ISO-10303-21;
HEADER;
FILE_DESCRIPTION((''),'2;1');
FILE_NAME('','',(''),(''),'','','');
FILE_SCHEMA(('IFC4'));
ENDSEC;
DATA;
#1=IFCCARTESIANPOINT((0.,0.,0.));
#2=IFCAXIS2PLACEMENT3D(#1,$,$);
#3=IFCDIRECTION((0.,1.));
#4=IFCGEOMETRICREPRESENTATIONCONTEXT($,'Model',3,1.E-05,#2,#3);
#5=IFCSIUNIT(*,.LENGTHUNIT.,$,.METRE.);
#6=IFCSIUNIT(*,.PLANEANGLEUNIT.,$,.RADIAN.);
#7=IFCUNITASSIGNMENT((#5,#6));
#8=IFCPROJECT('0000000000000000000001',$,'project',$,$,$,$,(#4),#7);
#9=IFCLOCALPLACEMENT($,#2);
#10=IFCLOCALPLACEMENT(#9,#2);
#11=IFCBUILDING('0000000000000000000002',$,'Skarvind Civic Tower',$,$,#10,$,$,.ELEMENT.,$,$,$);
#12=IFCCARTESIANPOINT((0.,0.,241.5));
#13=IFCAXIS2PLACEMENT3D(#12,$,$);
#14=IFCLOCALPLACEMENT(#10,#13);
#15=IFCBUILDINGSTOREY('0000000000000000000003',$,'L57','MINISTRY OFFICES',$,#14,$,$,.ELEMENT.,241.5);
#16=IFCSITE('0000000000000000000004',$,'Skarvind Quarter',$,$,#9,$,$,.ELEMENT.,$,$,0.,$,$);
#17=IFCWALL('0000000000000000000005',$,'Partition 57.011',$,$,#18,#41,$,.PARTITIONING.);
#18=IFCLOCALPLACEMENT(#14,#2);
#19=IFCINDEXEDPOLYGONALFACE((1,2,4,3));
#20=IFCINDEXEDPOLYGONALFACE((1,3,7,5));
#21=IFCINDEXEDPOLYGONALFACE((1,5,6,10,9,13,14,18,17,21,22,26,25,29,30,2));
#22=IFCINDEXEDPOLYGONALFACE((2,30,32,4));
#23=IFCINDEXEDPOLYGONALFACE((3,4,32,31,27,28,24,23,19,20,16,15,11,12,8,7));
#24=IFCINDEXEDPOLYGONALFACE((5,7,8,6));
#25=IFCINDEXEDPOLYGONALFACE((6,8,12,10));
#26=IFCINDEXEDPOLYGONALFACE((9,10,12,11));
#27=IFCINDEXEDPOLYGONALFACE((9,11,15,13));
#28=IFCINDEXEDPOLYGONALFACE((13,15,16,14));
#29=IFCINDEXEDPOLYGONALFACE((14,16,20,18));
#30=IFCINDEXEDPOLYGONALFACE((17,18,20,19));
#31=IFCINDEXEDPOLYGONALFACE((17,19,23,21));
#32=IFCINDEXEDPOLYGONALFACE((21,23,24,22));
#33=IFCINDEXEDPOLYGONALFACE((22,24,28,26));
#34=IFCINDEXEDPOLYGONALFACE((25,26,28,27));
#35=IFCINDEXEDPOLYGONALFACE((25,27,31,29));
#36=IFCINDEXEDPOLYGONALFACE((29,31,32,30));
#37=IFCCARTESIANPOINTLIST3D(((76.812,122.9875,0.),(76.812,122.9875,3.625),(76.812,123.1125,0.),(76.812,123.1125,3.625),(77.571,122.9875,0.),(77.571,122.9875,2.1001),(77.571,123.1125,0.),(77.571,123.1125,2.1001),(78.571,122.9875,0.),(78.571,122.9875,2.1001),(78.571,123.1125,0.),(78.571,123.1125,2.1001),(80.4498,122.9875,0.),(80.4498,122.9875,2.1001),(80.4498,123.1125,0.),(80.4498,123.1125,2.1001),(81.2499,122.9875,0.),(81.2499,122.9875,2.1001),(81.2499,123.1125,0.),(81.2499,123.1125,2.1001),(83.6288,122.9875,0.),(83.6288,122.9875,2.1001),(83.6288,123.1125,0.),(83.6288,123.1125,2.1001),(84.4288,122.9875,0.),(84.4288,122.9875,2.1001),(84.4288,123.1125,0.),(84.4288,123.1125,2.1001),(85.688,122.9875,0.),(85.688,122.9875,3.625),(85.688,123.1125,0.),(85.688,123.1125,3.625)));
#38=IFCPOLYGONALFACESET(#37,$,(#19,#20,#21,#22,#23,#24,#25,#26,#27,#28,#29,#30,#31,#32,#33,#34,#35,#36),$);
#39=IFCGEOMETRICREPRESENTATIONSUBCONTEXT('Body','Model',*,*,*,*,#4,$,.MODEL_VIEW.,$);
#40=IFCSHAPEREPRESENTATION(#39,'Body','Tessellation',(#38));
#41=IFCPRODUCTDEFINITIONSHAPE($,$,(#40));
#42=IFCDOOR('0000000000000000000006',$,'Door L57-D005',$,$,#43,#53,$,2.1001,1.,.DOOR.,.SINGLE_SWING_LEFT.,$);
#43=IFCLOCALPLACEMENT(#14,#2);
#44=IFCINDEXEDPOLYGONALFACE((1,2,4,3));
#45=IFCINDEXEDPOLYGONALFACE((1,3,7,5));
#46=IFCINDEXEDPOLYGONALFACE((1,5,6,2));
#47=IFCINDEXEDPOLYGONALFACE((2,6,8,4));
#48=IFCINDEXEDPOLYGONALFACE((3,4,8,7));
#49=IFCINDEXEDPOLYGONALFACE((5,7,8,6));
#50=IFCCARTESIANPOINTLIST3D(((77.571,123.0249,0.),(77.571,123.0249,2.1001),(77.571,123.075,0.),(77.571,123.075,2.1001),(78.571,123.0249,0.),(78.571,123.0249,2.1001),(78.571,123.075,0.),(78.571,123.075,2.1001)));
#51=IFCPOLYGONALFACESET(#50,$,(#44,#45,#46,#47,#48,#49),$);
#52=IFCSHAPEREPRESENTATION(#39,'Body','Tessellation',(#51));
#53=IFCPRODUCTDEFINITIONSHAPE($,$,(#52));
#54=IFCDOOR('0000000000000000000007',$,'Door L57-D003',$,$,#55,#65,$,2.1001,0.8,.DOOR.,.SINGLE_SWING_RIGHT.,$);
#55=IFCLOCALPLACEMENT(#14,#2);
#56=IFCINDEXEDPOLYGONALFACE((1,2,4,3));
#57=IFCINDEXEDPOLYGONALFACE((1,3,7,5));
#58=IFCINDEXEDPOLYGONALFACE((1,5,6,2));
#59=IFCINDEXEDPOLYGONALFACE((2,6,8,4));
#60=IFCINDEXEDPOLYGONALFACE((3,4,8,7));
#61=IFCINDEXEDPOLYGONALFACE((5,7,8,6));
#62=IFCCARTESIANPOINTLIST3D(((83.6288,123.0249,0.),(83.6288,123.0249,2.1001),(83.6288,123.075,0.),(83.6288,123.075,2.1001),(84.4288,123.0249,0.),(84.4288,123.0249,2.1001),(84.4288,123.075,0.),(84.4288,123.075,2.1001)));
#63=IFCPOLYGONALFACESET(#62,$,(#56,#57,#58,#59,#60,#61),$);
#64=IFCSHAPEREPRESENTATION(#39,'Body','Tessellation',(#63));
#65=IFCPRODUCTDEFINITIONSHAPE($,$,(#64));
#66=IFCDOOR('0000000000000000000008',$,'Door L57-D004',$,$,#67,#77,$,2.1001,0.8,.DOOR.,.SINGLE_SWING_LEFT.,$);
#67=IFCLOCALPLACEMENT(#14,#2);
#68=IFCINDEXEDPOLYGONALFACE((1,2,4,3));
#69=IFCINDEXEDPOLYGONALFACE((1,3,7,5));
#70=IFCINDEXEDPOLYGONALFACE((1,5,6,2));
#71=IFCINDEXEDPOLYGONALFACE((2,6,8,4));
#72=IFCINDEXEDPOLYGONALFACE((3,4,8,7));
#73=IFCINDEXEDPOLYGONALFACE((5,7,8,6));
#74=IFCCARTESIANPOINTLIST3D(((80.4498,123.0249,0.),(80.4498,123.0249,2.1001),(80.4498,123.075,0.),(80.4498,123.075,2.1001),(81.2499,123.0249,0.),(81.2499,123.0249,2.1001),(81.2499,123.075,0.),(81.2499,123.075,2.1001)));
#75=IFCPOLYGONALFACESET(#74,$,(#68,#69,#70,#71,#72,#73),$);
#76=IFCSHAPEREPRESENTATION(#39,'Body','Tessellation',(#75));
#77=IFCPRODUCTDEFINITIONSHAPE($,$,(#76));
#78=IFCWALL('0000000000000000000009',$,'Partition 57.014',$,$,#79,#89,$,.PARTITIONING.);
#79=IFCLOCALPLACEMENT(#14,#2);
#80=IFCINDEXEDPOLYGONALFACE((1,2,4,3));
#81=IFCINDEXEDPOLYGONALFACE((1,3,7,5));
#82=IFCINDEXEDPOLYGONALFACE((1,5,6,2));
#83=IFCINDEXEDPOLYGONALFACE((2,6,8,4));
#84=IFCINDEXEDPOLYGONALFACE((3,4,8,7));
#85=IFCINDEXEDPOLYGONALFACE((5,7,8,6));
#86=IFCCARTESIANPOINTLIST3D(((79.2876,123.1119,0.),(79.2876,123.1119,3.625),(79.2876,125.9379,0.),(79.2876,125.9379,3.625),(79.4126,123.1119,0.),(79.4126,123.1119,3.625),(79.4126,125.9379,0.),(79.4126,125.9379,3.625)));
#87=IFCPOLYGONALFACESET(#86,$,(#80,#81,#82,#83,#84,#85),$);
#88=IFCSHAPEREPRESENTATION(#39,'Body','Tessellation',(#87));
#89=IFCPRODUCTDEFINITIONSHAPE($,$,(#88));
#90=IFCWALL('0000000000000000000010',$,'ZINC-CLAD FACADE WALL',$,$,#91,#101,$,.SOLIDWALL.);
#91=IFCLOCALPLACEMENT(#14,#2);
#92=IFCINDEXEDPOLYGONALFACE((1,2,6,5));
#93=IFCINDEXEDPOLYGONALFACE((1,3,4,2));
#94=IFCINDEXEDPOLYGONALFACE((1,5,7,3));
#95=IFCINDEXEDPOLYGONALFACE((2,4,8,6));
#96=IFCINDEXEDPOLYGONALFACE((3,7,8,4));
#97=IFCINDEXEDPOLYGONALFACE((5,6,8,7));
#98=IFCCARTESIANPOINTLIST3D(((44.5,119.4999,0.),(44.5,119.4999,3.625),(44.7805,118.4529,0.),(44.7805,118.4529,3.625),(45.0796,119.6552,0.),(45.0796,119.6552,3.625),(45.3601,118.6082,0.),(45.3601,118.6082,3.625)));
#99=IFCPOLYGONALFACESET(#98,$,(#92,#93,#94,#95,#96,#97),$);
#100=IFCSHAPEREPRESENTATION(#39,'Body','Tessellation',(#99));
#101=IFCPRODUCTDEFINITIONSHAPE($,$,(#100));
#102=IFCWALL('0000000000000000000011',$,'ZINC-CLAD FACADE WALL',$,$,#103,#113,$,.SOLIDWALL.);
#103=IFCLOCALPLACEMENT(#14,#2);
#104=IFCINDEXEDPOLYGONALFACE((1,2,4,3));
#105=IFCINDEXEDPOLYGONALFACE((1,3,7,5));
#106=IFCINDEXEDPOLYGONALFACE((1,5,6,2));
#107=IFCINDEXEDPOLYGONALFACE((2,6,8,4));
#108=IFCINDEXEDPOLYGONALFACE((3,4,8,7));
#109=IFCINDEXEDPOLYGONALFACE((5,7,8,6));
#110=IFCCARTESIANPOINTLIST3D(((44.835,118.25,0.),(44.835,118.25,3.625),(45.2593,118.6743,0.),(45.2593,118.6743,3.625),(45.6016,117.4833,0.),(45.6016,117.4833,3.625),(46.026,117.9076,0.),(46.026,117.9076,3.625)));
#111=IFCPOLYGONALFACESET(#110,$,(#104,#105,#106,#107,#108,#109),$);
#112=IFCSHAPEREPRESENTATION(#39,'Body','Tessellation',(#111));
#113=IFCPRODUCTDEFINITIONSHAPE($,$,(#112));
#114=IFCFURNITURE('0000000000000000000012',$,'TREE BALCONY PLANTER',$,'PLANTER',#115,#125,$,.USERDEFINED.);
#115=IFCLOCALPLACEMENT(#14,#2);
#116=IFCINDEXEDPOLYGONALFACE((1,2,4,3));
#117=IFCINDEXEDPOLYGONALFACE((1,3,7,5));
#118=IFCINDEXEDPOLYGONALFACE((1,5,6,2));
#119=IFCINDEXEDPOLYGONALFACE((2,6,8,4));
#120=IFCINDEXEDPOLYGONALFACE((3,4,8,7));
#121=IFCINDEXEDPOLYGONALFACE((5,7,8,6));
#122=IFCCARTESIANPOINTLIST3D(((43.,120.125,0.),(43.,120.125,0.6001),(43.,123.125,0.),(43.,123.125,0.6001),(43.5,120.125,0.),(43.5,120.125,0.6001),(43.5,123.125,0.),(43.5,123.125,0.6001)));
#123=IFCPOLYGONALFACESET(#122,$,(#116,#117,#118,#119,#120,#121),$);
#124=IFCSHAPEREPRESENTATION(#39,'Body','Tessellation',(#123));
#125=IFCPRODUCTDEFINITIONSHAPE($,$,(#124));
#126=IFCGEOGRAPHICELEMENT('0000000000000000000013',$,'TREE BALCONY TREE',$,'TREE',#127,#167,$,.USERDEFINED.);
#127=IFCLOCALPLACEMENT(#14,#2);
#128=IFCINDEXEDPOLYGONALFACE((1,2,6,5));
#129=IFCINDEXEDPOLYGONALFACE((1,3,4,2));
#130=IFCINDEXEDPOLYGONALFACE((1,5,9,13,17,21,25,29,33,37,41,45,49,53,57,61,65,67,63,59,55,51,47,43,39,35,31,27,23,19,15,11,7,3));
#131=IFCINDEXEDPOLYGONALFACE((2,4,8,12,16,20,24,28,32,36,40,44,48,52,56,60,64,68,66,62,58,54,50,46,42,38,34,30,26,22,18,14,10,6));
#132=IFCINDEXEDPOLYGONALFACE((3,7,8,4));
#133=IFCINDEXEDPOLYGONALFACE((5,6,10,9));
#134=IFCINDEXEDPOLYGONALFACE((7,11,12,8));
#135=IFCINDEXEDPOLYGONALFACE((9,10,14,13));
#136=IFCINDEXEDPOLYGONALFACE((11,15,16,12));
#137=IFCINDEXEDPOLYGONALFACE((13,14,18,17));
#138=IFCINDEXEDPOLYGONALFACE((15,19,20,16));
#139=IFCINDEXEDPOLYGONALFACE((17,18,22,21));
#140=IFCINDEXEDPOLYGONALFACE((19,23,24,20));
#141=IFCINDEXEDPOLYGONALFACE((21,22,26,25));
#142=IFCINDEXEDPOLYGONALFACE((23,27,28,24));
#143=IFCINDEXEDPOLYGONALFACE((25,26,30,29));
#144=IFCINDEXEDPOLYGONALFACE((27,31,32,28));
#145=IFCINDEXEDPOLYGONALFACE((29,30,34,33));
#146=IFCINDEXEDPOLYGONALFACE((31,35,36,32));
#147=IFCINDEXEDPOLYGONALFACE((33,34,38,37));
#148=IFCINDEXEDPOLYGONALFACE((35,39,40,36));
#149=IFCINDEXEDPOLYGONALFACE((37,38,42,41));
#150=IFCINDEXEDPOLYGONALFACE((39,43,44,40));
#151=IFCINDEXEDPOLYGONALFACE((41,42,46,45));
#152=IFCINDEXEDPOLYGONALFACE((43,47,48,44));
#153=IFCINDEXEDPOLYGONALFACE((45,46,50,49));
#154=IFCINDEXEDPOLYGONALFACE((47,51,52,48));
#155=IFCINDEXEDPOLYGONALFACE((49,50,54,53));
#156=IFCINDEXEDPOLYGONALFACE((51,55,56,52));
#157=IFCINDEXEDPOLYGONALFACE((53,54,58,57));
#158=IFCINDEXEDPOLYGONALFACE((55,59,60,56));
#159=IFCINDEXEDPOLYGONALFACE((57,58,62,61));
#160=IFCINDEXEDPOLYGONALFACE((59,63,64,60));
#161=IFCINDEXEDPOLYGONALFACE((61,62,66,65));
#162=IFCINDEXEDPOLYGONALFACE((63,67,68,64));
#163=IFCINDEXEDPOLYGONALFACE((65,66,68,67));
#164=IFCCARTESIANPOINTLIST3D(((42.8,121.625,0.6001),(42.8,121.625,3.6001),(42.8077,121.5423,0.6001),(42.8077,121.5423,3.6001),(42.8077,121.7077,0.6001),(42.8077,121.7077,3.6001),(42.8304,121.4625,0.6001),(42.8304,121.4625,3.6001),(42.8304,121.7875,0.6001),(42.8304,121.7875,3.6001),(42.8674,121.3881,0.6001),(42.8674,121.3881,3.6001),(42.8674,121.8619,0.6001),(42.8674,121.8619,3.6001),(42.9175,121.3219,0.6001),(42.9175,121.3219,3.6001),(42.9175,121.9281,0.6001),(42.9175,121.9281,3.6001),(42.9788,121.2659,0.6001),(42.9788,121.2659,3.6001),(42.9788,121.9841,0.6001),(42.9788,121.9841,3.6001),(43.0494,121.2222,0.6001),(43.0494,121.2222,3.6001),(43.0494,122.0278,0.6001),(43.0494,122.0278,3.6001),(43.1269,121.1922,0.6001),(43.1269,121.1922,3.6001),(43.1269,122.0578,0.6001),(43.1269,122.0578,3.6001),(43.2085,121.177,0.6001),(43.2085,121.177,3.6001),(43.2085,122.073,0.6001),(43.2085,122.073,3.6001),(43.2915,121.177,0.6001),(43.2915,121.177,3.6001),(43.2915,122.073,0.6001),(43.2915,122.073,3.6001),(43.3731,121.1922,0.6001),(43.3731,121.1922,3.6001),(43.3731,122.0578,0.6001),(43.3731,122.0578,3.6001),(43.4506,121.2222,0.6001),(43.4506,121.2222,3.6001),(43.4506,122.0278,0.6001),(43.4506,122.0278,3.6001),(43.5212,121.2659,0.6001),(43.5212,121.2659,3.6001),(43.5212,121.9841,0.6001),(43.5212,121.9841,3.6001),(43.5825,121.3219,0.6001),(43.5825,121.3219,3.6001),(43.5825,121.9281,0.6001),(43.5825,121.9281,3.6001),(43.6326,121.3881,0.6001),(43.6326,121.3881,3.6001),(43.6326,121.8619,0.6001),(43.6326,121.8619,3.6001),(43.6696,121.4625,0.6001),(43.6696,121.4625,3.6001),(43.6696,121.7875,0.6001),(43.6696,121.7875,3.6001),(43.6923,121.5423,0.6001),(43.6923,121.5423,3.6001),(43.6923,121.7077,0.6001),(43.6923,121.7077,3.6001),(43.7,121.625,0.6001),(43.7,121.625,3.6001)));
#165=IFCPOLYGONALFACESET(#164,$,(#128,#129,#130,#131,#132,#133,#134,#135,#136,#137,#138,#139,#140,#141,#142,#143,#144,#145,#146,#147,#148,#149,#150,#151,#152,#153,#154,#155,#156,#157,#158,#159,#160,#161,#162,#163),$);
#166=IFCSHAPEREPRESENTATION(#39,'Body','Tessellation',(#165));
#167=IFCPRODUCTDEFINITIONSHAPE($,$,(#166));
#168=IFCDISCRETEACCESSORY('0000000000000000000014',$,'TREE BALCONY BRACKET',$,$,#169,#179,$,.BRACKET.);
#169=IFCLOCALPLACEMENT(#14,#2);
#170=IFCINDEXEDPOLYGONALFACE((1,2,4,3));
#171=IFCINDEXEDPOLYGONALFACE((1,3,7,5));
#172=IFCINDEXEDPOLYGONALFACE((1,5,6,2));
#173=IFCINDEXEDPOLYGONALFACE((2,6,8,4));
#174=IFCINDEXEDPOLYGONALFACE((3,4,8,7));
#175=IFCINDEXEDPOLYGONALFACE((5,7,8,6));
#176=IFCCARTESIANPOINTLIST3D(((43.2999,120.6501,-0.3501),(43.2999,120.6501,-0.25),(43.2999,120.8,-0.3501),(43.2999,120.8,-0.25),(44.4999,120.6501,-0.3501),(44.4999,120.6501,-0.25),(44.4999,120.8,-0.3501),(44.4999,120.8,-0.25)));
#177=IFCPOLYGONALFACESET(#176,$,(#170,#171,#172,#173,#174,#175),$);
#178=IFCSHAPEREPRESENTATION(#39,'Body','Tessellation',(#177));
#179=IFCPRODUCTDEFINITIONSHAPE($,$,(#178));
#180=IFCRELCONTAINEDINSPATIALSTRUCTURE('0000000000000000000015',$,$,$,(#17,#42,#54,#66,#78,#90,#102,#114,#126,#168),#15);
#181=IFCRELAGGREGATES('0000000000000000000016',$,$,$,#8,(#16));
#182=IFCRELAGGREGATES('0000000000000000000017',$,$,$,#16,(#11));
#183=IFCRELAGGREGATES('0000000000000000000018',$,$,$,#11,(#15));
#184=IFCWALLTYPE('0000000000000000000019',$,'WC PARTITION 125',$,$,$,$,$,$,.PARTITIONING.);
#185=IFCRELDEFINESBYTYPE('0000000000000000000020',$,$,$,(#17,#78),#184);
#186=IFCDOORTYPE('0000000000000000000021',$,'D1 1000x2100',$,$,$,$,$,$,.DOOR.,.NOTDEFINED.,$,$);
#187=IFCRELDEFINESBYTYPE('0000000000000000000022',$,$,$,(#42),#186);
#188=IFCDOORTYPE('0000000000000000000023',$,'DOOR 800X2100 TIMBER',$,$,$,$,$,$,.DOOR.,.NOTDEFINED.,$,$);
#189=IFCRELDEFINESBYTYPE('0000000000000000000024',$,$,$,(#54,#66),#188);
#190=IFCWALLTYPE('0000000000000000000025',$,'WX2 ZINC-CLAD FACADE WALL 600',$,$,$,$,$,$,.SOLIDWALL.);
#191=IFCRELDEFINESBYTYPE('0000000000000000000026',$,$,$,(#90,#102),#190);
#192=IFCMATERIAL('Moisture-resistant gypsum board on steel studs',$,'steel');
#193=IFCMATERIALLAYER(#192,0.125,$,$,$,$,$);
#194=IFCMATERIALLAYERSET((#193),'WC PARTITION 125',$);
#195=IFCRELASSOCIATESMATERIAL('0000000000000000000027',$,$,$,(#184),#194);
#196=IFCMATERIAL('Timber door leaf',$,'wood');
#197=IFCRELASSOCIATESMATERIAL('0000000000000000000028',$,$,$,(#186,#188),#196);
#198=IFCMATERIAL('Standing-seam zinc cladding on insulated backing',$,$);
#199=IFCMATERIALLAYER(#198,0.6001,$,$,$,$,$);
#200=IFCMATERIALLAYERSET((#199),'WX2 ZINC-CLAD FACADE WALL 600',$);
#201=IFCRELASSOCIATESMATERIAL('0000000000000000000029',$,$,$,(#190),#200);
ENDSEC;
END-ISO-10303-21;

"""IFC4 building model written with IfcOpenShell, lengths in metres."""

from ifc_helpers import new_model, si_unit, direction, frame, frame_2d, origin, origin_2d, place, context, subcontext, project, spatial, rectangle, circle, extrude, material, layer, layer_set, type_object, element, fill, save


model = new_model("IFC4")

# Units and contexts
model_context = context("Model", 3, precision=1e-05, world=origin(), true_north=direction((0.0, 1.0)))
body_context = subcontext(model_context, "Body", "Model", "MODEL_VIEW")
ifc_project = project(units=[si_unit("LENGTHUNIT", "METRE"), si_unit("PLANEANGLEUNIT", "RADIAN")], contexts=[model_context])

# Site, building, storey
site_placement = place(None, origin())
site = spatial("IfcSite", under=ifc_project, at=site_placement, Name="Skarvind Quarter", CompositionType="ELEMENT", RefElevation=0.0)
building_placement = place(site_placement, origin())
building = spatial("IfcBuilding", under=site, at=building_placement, Name="Skarvind Civic Tower", CompositionType="ELEMENT")
storey_placement = place(building_placement, frame((0.0, 0.0, 241.5)))
storey = spatial("IfcBuildingStorey", under=building, at=storey_placement, Name="L57", Description="MINISTRY OFFICES", CompositionType="ELEMENT", Elevation=241.5)

# Shared definitions
ifc_material_1 = material(Name="Moisture-resistant gypsum board on steel studs", Category="steel")
ifc_layer_1 = layer(ifc_material_1, 0.125)
ifc_layer_set_1 = layer_set([ifc_layer_1], Name="WC PARTITION 125")
wall_type_1 = type_object("IfcWallType", Name="WC PARTITION 125", PredefinedType="PARTITIONING", material=ifc_layer_set_1)

# Wall, openings, doors
wall_1_placement = place(storey_placement, frame((76.812, 123.05, 0.0), z_axis=(0.0, 0.0, 1.0), x_axis=(1.0, 0.0, 0.0)))
wall_1 = element("IfcWall", 1, at=wall_1_placement, inside=storey, type_object=wall_type_1, Name="Partition 57.011", PredefinedType="PARTITIONING", context=body_context, shape_type="SweptSolid", body=[
    extrude(rectangle(XDim=8.876, YDim=0.125, at=frame_2d((4.438, 0.0))), origin(), (0.0, 0.0, 1.0), 3.625),
])
opening_1_placement = place(wall_1_placement, frame((6.8169, 0.0, 0.0)))
opening_1 = element("IfcOpeningElement", 2, at=opening_1_placement, cuts=wall_1, PredefinedType="OPENING", context=body_context, shape_type="SweptSolid", body=[
    extrude(rectangle(XDim=0.8, YDim=2.1001, at=frame_2d((0.3999, 1.05))), frame((0.0, 0.0725, 0.0), z_axis=(0.0, -1.0, 0.0), x_axis=(1.0, 0.0, 0.0)), (0.0, 0.0, 1.0), 0.145),
])
opening_2_placement = place(wall_1_placement, frame((3.6379, 0.0, 0.0)))
opening_2 = element("IfcOpeningElement", 3, at=opening_2_placement, cuts=wall_1, PredefinedType="OPENING", context=body_context, shape_type="SweptSolid", body=[
    extrude(rectangle(XDim=0.8, YDim=2.1001, at=frame_2d((0.3999, 1.05))), frame((0.0, 0.0725, 0.0), z_axis=(0.0, -1.0, 0.0), x_axis=(1.0, 0.0, 0.0)), (0.0, 0.0, 1.0), 0.145),
])
opening_3_placement = place(wall_1_placement, frame((0.759, 0.0, 0.0)))
opening_3 = element("IfcOpeningElement", 4, at=opening_3_placement, cuts=wall_1, PredefinedType="OPENING", context=body_context, shape_type="SweptSolid", body=[
    extrude(rectangle(XDim=1.0, YDim=2.1001, at=frame_2d((0.5, 1.05))), frame((0.0, 0.0725, 0.0), z_axis=(0.0, -1.0, 0.0), x_axis=(1.0, 0.0, 0.0)), (0.0, 0.0, 1.0), 0.145),
])
ifc_material_2 = material(Name="Timber door leaf", Category="wood")
door_type_1 = type_object("IfcDoorType", Name="D1 1000x2100", OperationType="NOTDEFINED", PredefinedType="DOOR", material=ifc_material_2)
door_1_placement = place(opening_3_placement, origin())
door_1 = element("IfcDoor", 5, at=door_1_placement, inside=storey, type_object=door_type_1, Name="Door L57-D005", OperationType="SINGLE_SWING_LEFT", OverallHeight=2.1001, OverallWidth=1.0, PredefinedType="DOOR", context=body_context, shape_type="SweptSolid", body=[
    extrude(rectangle(XDim=1.0, YDim=2.1001, at=frame_2d((0.5, 1.05))), frame((0.0, 0.0249, 0.0), z_axis=(0.0, -1.0, 0.0), x_axis=(1.0, 0.0, 0.0)), (0.0, 0.0, 1.0), 0.05),
])
fill(opening_3, door_1)
door_type_2 = type_object("IfcDoorType", Name="DOOR 800X2100 TIMBER", OperationType="NOTDEFINED", PredefinedType="DOOR", material=ifc_material_2)
door_2_placement = place(opening_1_placement, origin())
door_2 = element("IfcDoor", 6, at=door_2_placement, inside=storey, type_object=door_type_2, Name="Door L57-D003", OperationType="SINGLE_SWING_RIGHT", OverallHeight=2.1001, OverallWidth=0.8, PredefinedType="DOOR", context=body_context, shape_type="SweptSolid", body=[
    extrude(rectangle(XDim=0.8, YDim=2.1001, at=frame_2d((0.3999, 1.05))), frame((0.0, 0.0249, 0.0), z_axis=(0.0, -1.0, 0.0), x_axis=(1.0, 0.0, 0.0)), (0.0, 0.0, 1.0), 0.05),
])
fill(opening_1, door_2)
door_3_placement = place(opening_2_placement, origin())
door_3 = element("IfcDoor", 7, at=door_3_placement, inside=storey, type_object=door_type_2, Name="Door L57-D004", OperationType="SINGLE_SWING_LEFT", OverallHeight=2.1001, OverallWidth=0.8, PredefinedType="DOOR", context=body_context, shape_type="SweptSolid", body=[
    extrude(rectangle(XDim=0.8, YDim=2.1001, at=frame_2d((0.3999, 1.05))), frame((0.0, 0.0249, 0.0), z_axis=(0.0, -1.0, 0.0), x_axis=(1.0, 0.0, 0.0)), (0.0, 0.0, 1.0), 0.05),
])
fill(opening_2, door_3)

# Wall
wall_2_placement = place(storey_placement, frame((79.3501, 125.938, 0.0), z_axis=(0.0, 0.0, 1.0), x_axis=(0.0, -1.0, 0.0)))
element("IfcWall", 8, at=wall_2_placement, inside=storey, type_object=wall_type_1, Name="Partition 57.014", PredefinedType="PARTITIONING", context=body_context, shape_type="SweptSolid", body=[
    extrude(rectangle(XDim=2.8259, YDim=0.125, at=frame_2d((1.4131, 0.0))), origin(), (0.0, 0.0, 1.0), 3.625),
])

# Shared definitions
ifc_material_3 = material(Name="Standing-seam zinc cladding on insulated backing")
ifc_layer_2 = layer(ifc_material_3, 0.6001)
ifc_layer_set_2 = layer_set([ifc_layer_2], Name="WX2 ZINC-CLAD FACADE WALL 600")
wall_type_2 = type_object("IfcWallType", Name="WX2 ZINC-CLAD FACADE WALL 600", PredefinedType="SOLIDWALL", material=ifc_layer_set_2)

# Walls
wall_3_placement = place(storey_placement, frame((45.0703, 118.5305, 0.0), z_axis=(0.0, 0.0, 1.0), x_axis=(-0.25877, 0.965939, 0.0)))
element("IfcWall", 9, at=wall_3_placement, inside=storey, type_object=wall_type_2, Name="ZINC-CLAD FACADE WALL", PredefinedType="SOLIDWALL", context=body_context, shape_type="SweptSolid", body=[
    extrude(rectangle(XDim=1.084, YDim=0.6001, at=frame_2d((0.542, 0.0))), origin(), (0.0, 0.0, 1.0), 3.625),
])
wall_4_placement = place(storey_placement, frame((45.8137, 117.6956, 0.0), z_axis=(0.0, 0.0, 1.0), x_axis=(-0.707107, 0.707107, 0.0)))
element("IfcWall", 10, at=wall_4_placement, inside=storey, type_object=wall_type_2, Name="ZINC-CLAD FACADE WALL", PredefinedType="SOLIDWALL", context=body_context, shape_type="SweptSolid", body=[
    extrude(rectangle(XDim=1.0842, YDim=0.6001, at=frame_2d((0.542, 0.0))), origin(), (0.0, 0.0, 1.0), 3.625),
])

# Furniture
furniture_placement = place(storey_placement, frame((43.25, 121.625, 0.0), z_axis=(0.0, 0.0, 1.0), x_axis=(0.0, 1.0, 0.0)))
element("IfcFurniture", 11, at=furniture_placement, inside=storey, Name="TREE BALCONY PLANTER", ObjectType="PLANTER", PredefinedType="USERDEFINED", context=body_context, shape_type="SweptSolid", body=[
    extrude(rectangle(XDim=3.0, YDim=0.5, at=origin_2d()), origin(), (0.0, 0.0, 1.0), 0.6001),
])

# Geographic element
geographic_element_placement = place(storey_placement, frame((43.25, 121.625, 0.6001), z_axis=(0.0, 0.0, 1.0), x_axis=(1.0, 0.0, 0.0)))
element("IfcGeographicElement", 12, at=geographic_element_placement, inside=storey, Name="TREE BALCONY TREE", ObjectType="TREE", PredefinedType="USERDEFINED", context=body_context, shape_type="SweptSolid", body=[
    extrude(circle(Radius=0.45, at=origin_2d()), origin(), (0.0, 0.0, 1.0), 3.0),
])

# Discrete accessory
for number, where, z_axis, x_axis, name in (
    (13, (43.8999, 120.7251, -0.3501), (0.0, 0.0, 1.0), (0.0, 1.0, 0.0), "TREE BALCONY BRACKET"),
):
    element("IfcDiscreteAccessory", number, at=place(storey_placement, frame(where, z_axis=z_axis, x_axis=x_axis)), inside=storey, Name=name, PredefinedType="BRACKET", context=body_context, shape_type="SweptSolid", body=[
        extrude(rectangle(XDim=0.1499, YDim=1.2, at=origin_2d()), origin(), (0.0, 0.0, 1.0), 0.1001),
    ])

save(model, "model.ifc")
